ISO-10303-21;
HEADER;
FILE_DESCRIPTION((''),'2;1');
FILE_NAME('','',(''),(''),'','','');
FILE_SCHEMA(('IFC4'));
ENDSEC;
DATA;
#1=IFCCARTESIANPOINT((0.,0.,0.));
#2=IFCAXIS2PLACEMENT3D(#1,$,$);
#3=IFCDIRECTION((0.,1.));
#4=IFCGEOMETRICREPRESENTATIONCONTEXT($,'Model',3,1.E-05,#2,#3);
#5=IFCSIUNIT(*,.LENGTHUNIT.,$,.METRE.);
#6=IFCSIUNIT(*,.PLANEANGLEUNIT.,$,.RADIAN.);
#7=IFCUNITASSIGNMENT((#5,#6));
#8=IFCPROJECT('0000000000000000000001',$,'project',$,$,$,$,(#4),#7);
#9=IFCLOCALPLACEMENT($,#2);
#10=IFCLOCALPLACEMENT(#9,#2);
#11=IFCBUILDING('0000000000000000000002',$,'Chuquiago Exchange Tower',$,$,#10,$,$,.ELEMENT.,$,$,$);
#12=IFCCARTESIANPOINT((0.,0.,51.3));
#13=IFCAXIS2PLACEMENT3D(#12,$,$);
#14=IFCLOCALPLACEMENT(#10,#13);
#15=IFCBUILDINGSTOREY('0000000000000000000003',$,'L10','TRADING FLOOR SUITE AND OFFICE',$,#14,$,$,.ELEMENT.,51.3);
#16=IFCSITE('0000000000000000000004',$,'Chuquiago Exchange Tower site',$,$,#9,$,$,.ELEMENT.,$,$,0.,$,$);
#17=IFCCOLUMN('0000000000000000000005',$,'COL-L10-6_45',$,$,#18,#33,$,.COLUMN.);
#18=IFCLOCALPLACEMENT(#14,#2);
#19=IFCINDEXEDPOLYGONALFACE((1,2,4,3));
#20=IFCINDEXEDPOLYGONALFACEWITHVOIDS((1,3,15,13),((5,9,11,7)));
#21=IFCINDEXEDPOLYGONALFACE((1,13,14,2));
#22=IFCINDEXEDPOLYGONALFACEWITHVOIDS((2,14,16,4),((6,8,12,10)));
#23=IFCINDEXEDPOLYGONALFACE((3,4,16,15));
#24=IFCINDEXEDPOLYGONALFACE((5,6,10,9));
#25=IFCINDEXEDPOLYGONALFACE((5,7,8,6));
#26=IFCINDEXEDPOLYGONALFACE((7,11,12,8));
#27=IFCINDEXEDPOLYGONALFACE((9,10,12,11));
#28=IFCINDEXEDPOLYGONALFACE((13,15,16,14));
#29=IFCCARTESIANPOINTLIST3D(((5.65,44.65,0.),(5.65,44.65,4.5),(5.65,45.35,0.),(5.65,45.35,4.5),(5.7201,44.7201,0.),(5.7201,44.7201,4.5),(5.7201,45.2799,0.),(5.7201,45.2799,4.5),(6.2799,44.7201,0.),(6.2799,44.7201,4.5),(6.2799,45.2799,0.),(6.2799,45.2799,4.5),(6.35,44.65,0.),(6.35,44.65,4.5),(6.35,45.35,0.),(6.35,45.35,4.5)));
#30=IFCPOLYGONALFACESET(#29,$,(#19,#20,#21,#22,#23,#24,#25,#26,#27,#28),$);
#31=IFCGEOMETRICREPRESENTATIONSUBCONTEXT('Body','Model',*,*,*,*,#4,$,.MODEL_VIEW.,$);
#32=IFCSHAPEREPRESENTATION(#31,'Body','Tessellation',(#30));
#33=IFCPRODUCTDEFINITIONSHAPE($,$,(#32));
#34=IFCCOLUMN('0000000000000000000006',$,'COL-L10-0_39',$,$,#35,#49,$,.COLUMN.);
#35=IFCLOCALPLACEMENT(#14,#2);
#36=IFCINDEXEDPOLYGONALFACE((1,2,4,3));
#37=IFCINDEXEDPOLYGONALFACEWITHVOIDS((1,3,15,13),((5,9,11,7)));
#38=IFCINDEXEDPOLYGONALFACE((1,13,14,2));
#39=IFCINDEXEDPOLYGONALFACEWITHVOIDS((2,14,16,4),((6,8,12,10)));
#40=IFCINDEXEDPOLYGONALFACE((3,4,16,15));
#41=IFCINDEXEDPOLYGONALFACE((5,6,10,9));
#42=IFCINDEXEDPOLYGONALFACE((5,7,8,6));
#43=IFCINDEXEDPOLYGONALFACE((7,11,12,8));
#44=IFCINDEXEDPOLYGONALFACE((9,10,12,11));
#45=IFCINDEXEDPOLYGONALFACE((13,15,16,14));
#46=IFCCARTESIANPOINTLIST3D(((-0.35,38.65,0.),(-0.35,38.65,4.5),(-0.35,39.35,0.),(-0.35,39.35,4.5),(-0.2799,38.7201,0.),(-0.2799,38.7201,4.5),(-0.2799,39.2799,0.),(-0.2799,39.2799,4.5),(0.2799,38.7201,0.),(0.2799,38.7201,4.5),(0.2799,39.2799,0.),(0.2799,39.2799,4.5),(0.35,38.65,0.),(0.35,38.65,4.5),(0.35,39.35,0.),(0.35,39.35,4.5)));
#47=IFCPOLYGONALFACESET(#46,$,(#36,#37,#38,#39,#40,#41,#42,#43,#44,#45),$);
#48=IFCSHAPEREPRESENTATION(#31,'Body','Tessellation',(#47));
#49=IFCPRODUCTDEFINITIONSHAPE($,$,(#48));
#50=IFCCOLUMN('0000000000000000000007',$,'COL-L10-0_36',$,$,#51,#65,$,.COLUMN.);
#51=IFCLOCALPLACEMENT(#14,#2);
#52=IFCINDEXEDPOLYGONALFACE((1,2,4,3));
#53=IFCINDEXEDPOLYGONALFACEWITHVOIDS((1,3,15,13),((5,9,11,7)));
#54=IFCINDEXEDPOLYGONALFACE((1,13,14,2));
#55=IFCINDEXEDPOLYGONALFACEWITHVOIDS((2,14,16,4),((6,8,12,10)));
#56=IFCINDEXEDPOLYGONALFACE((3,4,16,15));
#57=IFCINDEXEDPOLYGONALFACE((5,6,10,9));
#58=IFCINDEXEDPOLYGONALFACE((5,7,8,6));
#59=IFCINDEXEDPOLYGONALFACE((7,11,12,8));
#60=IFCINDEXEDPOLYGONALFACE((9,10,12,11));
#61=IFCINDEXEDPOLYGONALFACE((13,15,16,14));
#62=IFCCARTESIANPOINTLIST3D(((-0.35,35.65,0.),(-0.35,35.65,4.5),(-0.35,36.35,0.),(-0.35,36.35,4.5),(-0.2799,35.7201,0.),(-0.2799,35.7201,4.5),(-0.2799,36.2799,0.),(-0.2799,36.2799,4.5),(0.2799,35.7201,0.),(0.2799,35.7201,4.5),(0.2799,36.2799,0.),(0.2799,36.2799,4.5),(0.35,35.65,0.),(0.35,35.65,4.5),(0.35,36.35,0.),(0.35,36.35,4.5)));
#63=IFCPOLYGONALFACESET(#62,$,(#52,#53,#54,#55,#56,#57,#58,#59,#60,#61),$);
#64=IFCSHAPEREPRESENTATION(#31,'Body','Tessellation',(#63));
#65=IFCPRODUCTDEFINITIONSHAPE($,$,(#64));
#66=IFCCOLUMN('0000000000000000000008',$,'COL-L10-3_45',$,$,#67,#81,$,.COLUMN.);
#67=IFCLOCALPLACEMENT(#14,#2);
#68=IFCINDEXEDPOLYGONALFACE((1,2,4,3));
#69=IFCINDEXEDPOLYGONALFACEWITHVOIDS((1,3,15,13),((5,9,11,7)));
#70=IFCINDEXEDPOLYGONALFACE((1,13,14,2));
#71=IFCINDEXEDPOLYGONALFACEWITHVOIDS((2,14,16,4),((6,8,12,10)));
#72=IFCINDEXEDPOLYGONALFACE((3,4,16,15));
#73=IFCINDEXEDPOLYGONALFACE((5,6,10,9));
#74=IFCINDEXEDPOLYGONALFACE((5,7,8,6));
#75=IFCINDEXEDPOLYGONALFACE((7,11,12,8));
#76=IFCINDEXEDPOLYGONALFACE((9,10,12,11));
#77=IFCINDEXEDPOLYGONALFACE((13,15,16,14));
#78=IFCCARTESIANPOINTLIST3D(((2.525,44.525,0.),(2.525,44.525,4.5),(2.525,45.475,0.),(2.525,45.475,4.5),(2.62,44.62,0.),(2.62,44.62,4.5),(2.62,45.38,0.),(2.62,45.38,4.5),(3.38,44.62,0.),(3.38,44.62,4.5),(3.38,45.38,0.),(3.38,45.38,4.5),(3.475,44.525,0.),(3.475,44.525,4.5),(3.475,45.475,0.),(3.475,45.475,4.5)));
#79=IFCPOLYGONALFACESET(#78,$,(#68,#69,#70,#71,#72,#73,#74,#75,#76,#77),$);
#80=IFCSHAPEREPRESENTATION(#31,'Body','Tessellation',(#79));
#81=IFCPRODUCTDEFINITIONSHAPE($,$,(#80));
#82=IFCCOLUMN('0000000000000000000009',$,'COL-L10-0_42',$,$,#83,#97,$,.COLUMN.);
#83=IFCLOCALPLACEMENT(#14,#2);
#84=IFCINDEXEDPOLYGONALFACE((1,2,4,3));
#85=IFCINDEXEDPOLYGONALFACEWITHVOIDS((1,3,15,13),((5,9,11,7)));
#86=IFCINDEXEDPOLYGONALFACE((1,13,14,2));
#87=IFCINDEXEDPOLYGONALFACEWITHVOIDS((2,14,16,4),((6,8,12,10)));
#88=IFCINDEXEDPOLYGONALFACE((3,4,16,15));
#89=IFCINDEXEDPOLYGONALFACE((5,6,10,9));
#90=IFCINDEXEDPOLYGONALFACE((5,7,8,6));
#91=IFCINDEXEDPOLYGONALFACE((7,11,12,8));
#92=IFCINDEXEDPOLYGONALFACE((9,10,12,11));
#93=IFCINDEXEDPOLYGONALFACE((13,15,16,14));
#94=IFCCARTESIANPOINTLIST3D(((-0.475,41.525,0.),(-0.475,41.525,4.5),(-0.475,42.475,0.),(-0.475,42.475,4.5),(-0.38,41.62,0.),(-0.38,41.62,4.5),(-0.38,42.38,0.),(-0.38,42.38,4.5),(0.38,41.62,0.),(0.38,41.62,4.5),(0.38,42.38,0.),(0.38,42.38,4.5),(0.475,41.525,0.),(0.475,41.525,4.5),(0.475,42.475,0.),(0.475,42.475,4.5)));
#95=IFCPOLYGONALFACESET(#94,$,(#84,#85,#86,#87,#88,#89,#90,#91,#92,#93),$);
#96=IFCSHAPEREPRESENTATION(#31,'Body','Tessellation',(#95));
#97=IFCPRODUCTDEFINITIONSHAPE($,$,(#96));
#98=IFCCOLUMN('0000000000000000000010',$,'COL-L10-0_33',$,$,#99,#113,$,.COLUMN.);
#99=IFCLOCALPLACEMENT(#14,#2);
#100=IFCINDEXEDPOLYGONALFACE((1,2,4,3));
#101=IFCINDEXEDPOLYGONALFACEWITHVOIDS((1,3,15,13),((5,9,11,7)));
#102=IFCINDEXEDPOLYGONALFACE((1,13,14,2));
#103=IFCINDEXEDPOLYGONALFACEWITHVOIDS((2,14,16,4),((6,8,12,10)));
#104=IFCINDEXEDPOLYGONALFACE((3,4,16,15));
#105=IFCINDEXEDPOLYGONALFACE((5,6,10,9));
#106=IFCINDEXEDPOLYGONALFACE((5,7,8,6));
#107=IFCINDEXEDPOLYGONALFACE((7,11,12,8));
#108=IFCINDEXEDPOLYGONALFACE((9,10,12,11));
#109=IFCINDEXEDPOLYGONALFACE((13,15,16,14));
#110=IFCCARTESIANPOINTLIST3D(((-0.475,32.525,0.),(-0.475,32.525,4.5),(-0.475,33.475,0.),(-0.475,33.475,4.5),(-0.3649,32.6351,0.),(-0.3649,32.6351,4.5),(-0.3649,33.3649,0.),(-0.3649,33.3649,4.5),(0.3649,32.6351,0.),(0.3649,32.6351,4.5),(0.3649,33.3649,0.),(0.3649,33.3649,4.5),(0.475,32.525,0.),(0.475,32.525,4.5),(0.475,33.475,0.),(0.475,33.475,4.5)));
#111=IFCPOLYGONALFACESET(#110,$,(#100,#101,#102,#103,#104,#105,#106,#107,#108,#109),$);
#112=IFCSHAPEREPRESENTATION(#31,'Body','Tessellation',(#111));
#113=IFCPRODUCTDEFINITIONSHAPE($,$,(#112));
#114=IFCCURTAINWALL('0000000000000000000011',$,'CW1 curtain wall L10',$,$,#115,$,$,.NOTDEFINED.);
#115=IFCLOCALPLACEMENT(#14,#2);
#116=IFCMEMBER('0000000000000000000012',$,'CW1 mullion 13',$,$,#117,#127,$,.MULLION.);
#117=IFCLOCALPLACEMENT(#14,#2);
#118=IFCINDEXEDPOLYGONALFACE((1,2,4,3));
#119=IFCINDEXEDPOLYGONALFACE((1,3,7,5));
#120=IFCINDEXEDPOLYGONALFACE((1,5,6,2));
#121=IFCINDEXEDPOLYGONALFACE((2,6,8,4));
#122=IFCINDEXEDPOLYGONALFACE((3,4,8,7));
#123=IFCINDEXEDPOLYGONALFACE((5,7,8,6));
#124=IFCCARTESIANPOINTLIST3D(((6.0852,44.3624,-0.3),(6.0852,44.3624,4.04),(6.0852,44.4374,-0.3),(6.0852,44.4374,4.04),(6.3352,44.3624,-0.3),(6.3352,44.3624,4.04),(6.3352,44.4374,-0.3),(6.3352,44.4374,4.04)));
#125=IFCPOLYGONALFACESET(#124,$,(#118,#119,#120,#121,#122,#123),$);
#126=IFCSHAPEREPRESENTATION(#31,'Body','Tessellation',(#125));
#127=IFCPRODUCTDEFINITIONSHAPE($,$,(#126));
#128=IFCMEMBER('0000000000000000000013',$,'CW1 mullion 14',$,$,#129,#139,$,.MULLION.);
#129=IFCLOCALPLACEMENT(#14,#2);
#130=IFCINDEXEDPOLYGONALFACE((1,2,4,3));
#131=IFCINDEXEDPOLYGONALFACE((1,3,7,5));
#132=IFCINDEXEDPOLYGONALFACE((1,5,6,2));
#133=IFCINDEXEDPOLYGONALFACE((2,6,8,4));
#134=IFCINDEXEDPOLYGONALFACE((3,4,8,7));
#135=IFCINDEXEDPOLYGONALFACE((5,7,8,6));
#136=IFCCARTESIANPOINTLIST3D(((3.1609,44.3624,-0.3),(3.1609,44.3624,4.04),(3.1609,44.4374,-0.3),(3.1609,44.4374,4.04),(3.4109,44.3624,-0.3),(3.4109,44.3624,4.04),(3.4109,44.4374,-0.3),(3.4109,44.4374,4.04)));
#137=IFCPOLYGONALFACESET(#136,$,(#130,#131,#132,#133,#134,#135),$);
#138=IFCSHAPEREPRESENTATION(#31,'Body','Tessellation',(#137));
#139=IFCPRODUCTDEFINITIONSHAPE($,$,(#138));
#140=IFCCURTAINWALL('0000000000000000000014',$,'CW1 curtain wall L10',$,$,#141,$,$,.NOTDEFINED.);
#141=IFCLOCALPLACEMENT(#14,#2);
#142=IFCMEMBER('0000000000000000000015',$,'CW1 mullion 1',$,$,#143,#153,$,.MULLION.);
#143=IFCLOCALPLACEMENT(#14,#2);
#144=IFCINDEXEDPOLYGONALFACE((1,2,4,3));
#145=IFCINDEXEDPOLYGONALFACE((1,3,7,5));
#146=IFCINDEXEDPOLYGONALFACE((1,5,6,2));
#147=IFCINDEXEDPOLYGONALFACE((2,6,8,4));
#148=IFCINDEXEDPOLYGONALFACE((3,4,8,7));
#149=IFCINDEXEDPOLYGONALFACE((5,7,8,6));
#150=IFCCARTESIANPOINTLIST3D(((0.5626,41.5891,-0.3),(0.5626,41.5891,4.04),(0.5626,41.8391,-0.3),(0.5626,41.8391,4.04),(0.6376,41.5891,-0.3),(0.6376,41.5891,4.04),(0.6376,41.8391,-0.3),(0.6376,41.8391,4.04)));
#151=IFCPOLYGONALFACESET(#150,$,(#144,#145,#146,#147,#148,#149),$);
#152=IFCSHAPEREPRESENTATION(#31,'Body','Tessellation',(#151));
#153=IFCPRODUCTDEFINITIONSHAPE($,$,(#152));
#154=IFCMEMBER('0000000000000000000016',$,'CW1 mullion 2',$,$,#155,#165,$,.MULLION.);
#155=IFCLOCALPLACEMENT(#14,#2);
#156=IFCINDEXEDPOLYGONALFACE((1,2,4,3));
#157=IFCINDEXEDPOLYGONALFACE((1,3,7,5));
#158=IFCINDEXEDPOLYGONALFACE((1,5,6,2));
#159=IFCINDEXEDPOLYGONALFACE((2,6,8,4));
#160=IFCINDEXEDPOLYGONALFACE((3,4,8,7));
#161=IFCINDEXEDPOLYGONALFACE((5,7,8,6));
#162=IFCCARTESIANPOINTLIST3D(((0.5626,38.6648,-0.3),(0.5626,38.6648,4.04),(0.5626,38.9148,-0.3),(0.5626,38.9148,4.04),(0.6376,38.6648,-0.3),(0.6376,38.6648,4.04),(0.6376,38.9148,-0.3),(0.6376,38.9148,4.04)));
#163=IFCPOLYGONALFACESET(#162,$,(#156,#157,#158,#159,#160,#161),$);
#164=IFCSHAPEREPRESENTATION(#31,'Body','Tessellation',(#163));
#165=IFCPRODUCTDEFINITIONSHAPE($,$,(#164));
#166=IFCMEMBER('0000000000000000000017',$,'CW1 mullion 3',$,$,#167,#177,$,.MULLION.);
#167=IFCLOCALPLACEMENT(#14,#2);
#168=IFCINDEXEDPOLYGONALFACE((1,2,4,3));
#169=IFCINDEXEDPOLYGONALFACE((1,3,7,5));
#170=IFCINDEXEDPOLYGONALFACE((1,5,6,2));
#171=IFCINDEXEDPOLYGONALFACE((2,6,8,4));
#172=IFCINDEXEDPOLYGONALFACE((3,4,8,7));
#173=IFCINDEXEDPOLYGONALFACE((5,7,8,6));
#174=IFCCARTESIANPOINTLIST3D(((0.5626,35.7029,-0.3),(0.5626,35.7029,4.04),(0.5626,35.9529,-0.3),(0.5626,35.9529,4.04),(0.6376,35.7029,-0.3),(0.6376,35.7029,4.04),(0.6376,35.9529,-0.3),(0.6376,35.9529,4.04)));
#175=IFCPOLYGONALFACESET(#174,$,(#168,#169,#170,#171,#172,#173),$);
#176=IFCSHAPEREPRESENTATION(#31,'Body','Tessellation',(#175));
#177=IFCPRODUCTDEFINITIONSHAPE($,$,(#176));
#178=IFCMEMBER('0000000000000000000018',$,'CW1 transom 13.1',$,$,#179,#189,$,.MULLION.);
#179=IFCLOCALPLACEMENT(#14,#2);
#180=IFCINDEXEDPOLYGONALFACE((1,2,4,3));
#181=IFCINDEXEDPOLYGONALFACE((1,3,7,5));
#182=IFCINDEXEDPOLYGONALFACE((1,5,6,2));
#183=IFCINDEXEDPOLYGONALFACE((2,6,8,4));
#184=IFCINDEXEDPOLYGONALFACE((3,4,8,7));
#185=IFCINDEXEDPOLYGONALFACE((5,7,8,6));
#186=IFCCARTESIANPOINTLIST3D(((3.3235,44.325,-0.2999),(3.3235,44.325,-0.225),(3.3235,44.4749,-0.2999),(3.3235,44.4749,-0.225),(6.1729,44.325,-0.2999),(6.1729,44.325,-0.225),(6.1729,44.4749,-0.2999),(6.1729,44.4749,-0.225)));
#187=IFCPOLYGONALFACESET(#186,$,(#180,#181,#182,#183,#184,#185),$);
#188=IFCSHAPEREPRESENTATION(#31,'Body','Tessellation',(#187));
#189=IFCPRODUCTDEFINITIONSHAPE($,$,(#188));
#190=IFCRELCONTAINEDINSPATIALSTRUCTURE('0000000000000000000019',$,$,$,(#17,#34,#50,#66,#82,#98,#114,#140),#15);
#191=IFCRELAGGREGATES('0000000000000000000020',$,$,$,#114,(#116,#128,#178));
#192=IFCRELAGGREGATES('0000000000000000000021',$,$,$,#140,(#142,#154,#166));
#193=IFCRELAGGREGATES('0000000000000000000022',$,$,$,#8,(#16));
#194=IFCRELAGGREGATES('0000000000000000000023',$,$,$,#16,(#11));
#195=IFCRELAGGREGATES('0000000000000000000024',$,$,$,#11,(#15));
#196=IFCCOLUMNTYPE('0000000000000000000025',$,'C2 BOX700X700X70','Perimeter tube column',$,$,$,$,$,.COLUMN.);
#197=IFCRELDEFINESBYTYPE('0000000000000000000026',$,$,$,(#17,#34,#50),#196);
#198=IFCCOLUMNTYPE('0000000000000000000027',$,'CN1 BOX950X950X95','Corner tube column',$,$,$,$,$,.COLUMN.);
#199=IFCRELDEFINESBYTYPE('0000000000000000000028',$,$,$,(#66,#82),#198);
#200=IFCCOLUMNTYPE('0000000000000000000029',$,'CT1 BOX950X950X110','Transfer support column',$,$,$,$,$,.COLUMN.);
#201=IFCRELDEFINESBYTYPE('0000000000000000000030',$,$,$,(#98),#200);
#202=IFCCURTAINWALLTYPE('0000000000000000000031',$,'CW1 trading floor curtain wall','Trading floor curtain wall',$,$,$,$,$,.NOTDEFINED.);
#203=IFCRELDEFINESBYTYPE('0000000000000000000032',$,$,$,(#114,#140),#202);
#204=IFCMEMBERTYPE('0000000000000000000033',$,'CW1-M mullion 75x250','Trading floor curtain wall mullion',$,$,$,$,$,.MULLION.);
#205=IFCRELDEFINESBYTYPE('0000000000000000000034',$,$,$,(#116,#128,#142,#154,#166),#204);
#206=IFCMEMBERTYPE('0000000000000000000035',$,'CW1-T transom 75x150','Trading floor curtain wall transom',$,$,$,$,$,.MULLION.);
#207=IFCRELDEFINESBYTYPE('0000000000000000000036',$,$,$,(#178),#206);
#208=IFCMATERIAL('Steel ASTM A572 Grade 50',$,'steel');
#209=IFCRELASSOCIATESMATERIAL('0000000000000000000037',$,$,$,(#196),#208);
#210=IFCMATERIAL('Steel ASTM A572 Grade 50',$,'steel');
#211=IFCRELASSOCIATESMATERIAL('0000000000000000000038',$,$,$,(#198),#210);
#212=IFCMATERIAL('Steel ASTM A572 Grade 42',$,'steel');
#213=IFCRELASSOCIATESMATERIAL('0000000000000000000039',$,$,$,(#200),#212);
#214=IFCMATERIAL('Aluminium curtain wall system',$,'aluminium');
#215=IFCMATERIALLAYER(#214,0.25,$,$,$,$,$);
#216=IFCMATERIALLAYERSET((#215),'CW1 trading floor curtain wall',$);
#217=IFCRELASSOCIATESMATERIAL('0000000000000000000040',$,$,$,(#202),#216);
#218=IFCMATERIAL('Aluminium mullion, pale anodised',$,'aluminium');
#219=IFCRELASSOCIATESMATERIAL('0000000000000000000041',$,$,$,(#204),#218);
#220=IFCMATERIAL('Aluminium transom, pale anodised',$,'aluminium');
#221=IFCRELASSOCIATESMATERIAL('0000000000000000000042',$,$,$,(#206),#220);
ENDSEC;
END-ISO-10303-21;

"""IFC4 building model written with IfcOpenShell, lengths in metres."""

from ifc_helpers import new_model, si_unit, direction, frame, origin, origin_2d, place, context, subcontext, project, spatial, rectangle, hollow_rectangle, extrude, material, layer, layer_set, material_profile, profile_set, type_object, element, aggregate, save


model = new_model("IFC4")

# Units and contexts
model_context = context("Model", 3, precision=1e-05, world=origin(), true_north=direction((0.0, 1.0)))
body_context = subcontext(model_context, "Body", "Model", "MODEL_VIEW")
ifc_project = project(units=[si_unit("LENGTHUNIT", "METRE"), si_unit("PLANEANGLEUNIT", "RADIAN")], contexts=[model_context])

# Site, building, storey
site_placement = place(None, origin())
site = spatial("IfcSite", under=ifc_project, at=site_placement, Name="Chuquiago Exchange Tower site", CompositionType="ELEMENT", RefElevation=0.0)
building_placement = place(site_placement, origin())
building = spatial("IfcBuilding", under=site, at=building_placement, Name="Chuquiago Exchange Tower", CompositionType="ELEMENT")
storey_placement = place(building_placement, frame((0.0, 0.0, 51.3)))
storey = spatial("IfcBuildingStorey", under=building, at=storey_placement, Name="L10", Description="TRADING FLOOR SUITE AND OFFICE", CompositionType="ELEMENT", Elevation=51.3)

# Columns
ifc_material_1 = material(Name="Steel ASTM A572 Grade 50", Category="steel")
ifc_material_profile_1 = material_profile(ifc_material_1, hollow_rectangle(XDim=0.7, YDim=0.7, WallThickness=0.0701, at=origin_2d()), Name="BOX700X700X70")
ifc_profile_set_1 = profile_set([ifc_material_profile_1], Name="Steel ASTM A572 Grade 50")
column_type_1 = type_object("IfcColumnType", Name="C2 BOX700X700X70", Description="Perimeter tube column", PredefinedType="COLUMN", material=ifc_profile_set_1)
for number, where, z_axis, x_axis, name in (
    (1, (6.0, 45.0, 0.0), (0.0, 0.0, 1.0), (0.0, 1.0, 0.0), "COL-L10-6_45"),
    (2, (0.0, 39.0, 0.0), (0.0, 0.0, 1.0), (-1.0, 0.0, 0.0), "COL-L10-0_39"),
    (3, (0.0, 36.0, 0.0), (0.0, 0.0, 1.0), (-1.0, 0.0, 0.0), "COL-L10-0_36"),
):
    element("IfcColumn", number, at=place(storey_placement, frame(where, z_axis=z_axis, x_axis=x_axis)), inside=storey, type_object=column_type_1, Name=name, PredefinedType="COLUMN", context=body_context, shape_type="SweptSolid", body=[
        extrude(hollow_rectangle(XDim=0.7, YDim=0.7, WallThickness=0.0701, at=origin_2d()), origin(), (0.0, 0.0, 1.0), 4.5),
    ])
ifc_material_2 = material(Name="Steel ASTM A572 Grade 50", Category="steel")
ifc_material_profile_2 = material_profile(ifc_material_2, hollow_rectangle(XDim=0.95, YDim=0.95, WallThickness=0.095, at=origin_2d()), Name="BOX950X950X95")
ifc_profile_set_2 = profile_set([ifc_material_profile_2], Name="Steel ASTM A572 Grade 50")
column_type_2 = type_object("IfcColumnType", Name="CN1 BOX950X950X95", Description="Corner tube column", PredefinedType="COLUMN", material=ifc_profile_set_2)
for number, where, z_axis, x_axis, name in (
    (4, (3.0, 45.0, 0.0), (0.0, 0.0, 1.0), (0.0, 1.0, 0.0), "COL-L10-3_45"),
    (5, (0.0, 42.0, 0.0), (0.0, 0.0, 1.0), (-1.0, 0.0, 0.0), "COL-L10-0_42"),
):
    element("IfcColumn", number, at=place(storey_placement, frame(where, z_axis=z_axis, x_axis=x_axis)), inside=storey, type_object=column_type_2, Name=name, PredefinedType="COLUMN", context=body_context, shape_type="SweptSolid", body=[
        extrude(hollow_rectangle(XDim=0.95, YDim=0.95, WallThickness=0.095, at=origin_2d()), origin(), (0.0, 0.0, 1.0), 4.5),
    ])
ifc_material_3 = material(Name="Steel ASTM A572 Grade 42", Category="steel")
ifc_material_profile_3 = material_profile(ifc_material_3, hollow_rectangle(XDim=0.95, YDim=0.95, WallThickness=0.1101, at=origin_2d()), Name="BOX950X950X110")
ifc_profile_set_3 = profile_set([ifc_material_profile_3], Name="Steel ASTM A572 Grade 42")
column_type_3 = type_object("IfcColumnType", Name="CT1 BOX950X950X110", Description="Transfer support column", PredefinedType="COLUMN", material=ifc_profile_set_3)
column_placement = place(storey_placement, frame((0.0, 33.0, 0.0), z_axis=(0.0, 0.0, 1.0), x_axis=(-1.0, 0.0, 0.0)))
element("IfcColumn", 6, at=column_placement, inside=storey, type_object=column_type_3, Name="COL-L10-0_33", PredefinedType="COLUMN", context=body_context, shape_type="SweptSolid", body=[
    extrude(hollow_rectangle(XDim=0.95, YDim=0.95, WallThickness=0.1101, at=origin_2d()), origin(), (0.0, 0.0, 1.0), 4.5),
])

# Curtain walls, members
ifc_material_4 = material(Name="Aluminium curtain wall system", Category="aluminium")
ifc_layer_1 = layer(ifc_material_4, 0.25)
ifc_layer_set_1 = layer_set([ifc_layer_1], Name="CW1 trading floor curtain wall")
curtain_wall_type_1 = type_object("IfcCurtainWallType", Name="CW1 trading floor curtain wall", Description="Trading floor curtain wall", PredefinedType="NOTDEFINED", material=ifc_layer_set_1)
curtain_wall_1_placement = place(storey_placement, origin())
curtain_wall_1 = element("IfcCurtainWall", 7, at=curtain_wall_1_placement, inside=storey, type_object=curtain_wall_type_1, Name="CW1 curtain wall L10", PredefinedType="NOTDEFINED")
ifc_material_5 = material(Name="Aluminium mullion, pale anodised", Category="aluminium")
ifc_material_profile_4 = material_profile(ifc_material_5, rectangle(XDim=0.075, YDim=0.25, at=origin_2d()), Name="AL 75x250")
ifc_profile_set_4 = profile_set([ifc_material_profile_4], Name="Aluminium mullion, pale anodised")
member_type_1 = type_object("IfcMemberType", Name="CW1-M mullion 75x250", Description="Trading floor curtain wall mullion", PredefinedType="MULLION", material=ifc_profile_set_4)
member_1_placement = place(storey_placement, frame((6.2102, 44.3999, -0.3), z_axis=(0.0, 0.0, 1.0), x_axis=(0.0, -1.0, 0.0)))
member_1 = element("IfcMember", 8, at=member_1_placement, type_object=member_type_1, Name="CW1 mullion 13", PredefinedType="MULLION", context=body_context, shape_type="SweptSolid", body=[
    extrude(rectangle(XDim=0.075, YDim=0.25, at=origin_2d()), origin(), (0.0, 0.0, 1.0), 4.3401),
])
member_2_placement = place(storey_placement, frame((3.2859, 44.3999, -0.3), z_axis=(0.0, 0.0, 1.0), x_axis=(0.0, -1.0, 0.0)))
member_2 = element("IfcMember", 9, at=member_2_placement, type_object=member_type_1, Name="CW1 mullion 14", PredefinedType="MULLION", context=body_context, shape_type="SweptSolid", body=[
    extrude(rectangle(XDim=0.075, YDim=0.25, at=origin_2d()), origin(), (0.0, 0.0, 1.0), 4.3401),
])
curtain_wall_2_placement = place(storey_placement, origin())
curtain_wall_2 = element("IfcCurtainWall", 10, at=curtain_wall_2_placement, inside=storey, type_object=curtain_wall_type_1, Name="CW1 curtain wall L10", PredefinedType="NOTDEFINED")
member_3_placement = place(storey_placement, frame((0.6001, 41.7141, -0.3), z_axis=(0.0, 0.0, 1.0), x_axis=(1.0, 0.0, 0.0)))
member_3 = element("IfcMember", 11, at=member_3_placement, type_object=member_type_1, Name="CW1 mullion 1", PredefinedType="MULLION", context=body_context, shape_type="SweptSolid", body=[
    extrude(rectangle(XDim=0.075, YDim=0.25, at=origin_2d()), origin(), (0.0, 0.0, 1.0), 4.3401),
])
member_4_placement = place(storey_placement, frame((0.6001, 38.7898, -0.3), z_axis=(0.0, 0.0, 1.0), x_axis=(1.0, 0.0, 0.0)))
member_4 = element("IfcMember", 12, at=member_4_placement, type_object=member_type_1, Name="CW1 mullion 2", PredefinedType="MULLION", context=body_context, shape_type="SweptSolid", body=[
    extrude(rectangle(XDim=0.075, YDim=0.25, at=origin_2d()), origin(), (0.0, 0.0, 1.0), 4.3401),
])
member_5_placement = place(storey_placement, frame((0.6001, 35.8279, -0.3), z_axis=(0.0, 0.0, 1.0), x_axis=(1.0, 0.0, 0.0)))
member_5 = element("IfcMember", 13, at=member_5_placement, type_object=member_type_1, Name="CW1 mullion 3", PredefinedType="MULLION", context=body_context, shape_type="SweptSolid", body=[
    extrude(rectangle(XDim=0.075, YDim=0.25, at=origin_2d()), origin(), (0.0, 0.0, 1.0), 4.3401),
])

# Member
ifc_material_6 = material(Name="Aluminium transom, pale anodised", Category="aluminium")
ifc_material_profile_5 = material_profile(ifc_material_6, rectangle(XDim=0.1499, YDim=0.075, at=origin_2d()), Name="AL 150x75")
ifc_profile_set_5 = profile_set([ifc_material_profile_5], Name="Aluminium transom, pale anodised")
member_type_2 = type_object("IfcMemberType", Name="CW1-T transom 75x150", Description="Trading floor curtain wall transom", PredefinedType="MULLION", material=ifc_profile_set_5)
member_6_placement = place(storey_placement, frame((6.1729, 44.3999, -0.2625), z_axis=(-1.0, 0.0, 0.0), x_axis=(0.0, -1.0, 0.0)))
member_6 = element("IfcMember", 14, at=member_6_placement, type_object=member_type_2, Name="CW1 transom 13.1", PredefinedType="MULLION", context=body_context, shape_type="SweptSolid", body=[
    extrude(rectangle(XDim=0.1499, YDim=0.075, at=origin_2d()), origin(), (0.0, 0.0, 1.0), 2.8494),
])

aggregate(curtain_wall_1, [member_1, member_2, member_6])
aggregate(curtain_wall_2, [member_3, member_4, member_5])

save(model, "model.ifc")
